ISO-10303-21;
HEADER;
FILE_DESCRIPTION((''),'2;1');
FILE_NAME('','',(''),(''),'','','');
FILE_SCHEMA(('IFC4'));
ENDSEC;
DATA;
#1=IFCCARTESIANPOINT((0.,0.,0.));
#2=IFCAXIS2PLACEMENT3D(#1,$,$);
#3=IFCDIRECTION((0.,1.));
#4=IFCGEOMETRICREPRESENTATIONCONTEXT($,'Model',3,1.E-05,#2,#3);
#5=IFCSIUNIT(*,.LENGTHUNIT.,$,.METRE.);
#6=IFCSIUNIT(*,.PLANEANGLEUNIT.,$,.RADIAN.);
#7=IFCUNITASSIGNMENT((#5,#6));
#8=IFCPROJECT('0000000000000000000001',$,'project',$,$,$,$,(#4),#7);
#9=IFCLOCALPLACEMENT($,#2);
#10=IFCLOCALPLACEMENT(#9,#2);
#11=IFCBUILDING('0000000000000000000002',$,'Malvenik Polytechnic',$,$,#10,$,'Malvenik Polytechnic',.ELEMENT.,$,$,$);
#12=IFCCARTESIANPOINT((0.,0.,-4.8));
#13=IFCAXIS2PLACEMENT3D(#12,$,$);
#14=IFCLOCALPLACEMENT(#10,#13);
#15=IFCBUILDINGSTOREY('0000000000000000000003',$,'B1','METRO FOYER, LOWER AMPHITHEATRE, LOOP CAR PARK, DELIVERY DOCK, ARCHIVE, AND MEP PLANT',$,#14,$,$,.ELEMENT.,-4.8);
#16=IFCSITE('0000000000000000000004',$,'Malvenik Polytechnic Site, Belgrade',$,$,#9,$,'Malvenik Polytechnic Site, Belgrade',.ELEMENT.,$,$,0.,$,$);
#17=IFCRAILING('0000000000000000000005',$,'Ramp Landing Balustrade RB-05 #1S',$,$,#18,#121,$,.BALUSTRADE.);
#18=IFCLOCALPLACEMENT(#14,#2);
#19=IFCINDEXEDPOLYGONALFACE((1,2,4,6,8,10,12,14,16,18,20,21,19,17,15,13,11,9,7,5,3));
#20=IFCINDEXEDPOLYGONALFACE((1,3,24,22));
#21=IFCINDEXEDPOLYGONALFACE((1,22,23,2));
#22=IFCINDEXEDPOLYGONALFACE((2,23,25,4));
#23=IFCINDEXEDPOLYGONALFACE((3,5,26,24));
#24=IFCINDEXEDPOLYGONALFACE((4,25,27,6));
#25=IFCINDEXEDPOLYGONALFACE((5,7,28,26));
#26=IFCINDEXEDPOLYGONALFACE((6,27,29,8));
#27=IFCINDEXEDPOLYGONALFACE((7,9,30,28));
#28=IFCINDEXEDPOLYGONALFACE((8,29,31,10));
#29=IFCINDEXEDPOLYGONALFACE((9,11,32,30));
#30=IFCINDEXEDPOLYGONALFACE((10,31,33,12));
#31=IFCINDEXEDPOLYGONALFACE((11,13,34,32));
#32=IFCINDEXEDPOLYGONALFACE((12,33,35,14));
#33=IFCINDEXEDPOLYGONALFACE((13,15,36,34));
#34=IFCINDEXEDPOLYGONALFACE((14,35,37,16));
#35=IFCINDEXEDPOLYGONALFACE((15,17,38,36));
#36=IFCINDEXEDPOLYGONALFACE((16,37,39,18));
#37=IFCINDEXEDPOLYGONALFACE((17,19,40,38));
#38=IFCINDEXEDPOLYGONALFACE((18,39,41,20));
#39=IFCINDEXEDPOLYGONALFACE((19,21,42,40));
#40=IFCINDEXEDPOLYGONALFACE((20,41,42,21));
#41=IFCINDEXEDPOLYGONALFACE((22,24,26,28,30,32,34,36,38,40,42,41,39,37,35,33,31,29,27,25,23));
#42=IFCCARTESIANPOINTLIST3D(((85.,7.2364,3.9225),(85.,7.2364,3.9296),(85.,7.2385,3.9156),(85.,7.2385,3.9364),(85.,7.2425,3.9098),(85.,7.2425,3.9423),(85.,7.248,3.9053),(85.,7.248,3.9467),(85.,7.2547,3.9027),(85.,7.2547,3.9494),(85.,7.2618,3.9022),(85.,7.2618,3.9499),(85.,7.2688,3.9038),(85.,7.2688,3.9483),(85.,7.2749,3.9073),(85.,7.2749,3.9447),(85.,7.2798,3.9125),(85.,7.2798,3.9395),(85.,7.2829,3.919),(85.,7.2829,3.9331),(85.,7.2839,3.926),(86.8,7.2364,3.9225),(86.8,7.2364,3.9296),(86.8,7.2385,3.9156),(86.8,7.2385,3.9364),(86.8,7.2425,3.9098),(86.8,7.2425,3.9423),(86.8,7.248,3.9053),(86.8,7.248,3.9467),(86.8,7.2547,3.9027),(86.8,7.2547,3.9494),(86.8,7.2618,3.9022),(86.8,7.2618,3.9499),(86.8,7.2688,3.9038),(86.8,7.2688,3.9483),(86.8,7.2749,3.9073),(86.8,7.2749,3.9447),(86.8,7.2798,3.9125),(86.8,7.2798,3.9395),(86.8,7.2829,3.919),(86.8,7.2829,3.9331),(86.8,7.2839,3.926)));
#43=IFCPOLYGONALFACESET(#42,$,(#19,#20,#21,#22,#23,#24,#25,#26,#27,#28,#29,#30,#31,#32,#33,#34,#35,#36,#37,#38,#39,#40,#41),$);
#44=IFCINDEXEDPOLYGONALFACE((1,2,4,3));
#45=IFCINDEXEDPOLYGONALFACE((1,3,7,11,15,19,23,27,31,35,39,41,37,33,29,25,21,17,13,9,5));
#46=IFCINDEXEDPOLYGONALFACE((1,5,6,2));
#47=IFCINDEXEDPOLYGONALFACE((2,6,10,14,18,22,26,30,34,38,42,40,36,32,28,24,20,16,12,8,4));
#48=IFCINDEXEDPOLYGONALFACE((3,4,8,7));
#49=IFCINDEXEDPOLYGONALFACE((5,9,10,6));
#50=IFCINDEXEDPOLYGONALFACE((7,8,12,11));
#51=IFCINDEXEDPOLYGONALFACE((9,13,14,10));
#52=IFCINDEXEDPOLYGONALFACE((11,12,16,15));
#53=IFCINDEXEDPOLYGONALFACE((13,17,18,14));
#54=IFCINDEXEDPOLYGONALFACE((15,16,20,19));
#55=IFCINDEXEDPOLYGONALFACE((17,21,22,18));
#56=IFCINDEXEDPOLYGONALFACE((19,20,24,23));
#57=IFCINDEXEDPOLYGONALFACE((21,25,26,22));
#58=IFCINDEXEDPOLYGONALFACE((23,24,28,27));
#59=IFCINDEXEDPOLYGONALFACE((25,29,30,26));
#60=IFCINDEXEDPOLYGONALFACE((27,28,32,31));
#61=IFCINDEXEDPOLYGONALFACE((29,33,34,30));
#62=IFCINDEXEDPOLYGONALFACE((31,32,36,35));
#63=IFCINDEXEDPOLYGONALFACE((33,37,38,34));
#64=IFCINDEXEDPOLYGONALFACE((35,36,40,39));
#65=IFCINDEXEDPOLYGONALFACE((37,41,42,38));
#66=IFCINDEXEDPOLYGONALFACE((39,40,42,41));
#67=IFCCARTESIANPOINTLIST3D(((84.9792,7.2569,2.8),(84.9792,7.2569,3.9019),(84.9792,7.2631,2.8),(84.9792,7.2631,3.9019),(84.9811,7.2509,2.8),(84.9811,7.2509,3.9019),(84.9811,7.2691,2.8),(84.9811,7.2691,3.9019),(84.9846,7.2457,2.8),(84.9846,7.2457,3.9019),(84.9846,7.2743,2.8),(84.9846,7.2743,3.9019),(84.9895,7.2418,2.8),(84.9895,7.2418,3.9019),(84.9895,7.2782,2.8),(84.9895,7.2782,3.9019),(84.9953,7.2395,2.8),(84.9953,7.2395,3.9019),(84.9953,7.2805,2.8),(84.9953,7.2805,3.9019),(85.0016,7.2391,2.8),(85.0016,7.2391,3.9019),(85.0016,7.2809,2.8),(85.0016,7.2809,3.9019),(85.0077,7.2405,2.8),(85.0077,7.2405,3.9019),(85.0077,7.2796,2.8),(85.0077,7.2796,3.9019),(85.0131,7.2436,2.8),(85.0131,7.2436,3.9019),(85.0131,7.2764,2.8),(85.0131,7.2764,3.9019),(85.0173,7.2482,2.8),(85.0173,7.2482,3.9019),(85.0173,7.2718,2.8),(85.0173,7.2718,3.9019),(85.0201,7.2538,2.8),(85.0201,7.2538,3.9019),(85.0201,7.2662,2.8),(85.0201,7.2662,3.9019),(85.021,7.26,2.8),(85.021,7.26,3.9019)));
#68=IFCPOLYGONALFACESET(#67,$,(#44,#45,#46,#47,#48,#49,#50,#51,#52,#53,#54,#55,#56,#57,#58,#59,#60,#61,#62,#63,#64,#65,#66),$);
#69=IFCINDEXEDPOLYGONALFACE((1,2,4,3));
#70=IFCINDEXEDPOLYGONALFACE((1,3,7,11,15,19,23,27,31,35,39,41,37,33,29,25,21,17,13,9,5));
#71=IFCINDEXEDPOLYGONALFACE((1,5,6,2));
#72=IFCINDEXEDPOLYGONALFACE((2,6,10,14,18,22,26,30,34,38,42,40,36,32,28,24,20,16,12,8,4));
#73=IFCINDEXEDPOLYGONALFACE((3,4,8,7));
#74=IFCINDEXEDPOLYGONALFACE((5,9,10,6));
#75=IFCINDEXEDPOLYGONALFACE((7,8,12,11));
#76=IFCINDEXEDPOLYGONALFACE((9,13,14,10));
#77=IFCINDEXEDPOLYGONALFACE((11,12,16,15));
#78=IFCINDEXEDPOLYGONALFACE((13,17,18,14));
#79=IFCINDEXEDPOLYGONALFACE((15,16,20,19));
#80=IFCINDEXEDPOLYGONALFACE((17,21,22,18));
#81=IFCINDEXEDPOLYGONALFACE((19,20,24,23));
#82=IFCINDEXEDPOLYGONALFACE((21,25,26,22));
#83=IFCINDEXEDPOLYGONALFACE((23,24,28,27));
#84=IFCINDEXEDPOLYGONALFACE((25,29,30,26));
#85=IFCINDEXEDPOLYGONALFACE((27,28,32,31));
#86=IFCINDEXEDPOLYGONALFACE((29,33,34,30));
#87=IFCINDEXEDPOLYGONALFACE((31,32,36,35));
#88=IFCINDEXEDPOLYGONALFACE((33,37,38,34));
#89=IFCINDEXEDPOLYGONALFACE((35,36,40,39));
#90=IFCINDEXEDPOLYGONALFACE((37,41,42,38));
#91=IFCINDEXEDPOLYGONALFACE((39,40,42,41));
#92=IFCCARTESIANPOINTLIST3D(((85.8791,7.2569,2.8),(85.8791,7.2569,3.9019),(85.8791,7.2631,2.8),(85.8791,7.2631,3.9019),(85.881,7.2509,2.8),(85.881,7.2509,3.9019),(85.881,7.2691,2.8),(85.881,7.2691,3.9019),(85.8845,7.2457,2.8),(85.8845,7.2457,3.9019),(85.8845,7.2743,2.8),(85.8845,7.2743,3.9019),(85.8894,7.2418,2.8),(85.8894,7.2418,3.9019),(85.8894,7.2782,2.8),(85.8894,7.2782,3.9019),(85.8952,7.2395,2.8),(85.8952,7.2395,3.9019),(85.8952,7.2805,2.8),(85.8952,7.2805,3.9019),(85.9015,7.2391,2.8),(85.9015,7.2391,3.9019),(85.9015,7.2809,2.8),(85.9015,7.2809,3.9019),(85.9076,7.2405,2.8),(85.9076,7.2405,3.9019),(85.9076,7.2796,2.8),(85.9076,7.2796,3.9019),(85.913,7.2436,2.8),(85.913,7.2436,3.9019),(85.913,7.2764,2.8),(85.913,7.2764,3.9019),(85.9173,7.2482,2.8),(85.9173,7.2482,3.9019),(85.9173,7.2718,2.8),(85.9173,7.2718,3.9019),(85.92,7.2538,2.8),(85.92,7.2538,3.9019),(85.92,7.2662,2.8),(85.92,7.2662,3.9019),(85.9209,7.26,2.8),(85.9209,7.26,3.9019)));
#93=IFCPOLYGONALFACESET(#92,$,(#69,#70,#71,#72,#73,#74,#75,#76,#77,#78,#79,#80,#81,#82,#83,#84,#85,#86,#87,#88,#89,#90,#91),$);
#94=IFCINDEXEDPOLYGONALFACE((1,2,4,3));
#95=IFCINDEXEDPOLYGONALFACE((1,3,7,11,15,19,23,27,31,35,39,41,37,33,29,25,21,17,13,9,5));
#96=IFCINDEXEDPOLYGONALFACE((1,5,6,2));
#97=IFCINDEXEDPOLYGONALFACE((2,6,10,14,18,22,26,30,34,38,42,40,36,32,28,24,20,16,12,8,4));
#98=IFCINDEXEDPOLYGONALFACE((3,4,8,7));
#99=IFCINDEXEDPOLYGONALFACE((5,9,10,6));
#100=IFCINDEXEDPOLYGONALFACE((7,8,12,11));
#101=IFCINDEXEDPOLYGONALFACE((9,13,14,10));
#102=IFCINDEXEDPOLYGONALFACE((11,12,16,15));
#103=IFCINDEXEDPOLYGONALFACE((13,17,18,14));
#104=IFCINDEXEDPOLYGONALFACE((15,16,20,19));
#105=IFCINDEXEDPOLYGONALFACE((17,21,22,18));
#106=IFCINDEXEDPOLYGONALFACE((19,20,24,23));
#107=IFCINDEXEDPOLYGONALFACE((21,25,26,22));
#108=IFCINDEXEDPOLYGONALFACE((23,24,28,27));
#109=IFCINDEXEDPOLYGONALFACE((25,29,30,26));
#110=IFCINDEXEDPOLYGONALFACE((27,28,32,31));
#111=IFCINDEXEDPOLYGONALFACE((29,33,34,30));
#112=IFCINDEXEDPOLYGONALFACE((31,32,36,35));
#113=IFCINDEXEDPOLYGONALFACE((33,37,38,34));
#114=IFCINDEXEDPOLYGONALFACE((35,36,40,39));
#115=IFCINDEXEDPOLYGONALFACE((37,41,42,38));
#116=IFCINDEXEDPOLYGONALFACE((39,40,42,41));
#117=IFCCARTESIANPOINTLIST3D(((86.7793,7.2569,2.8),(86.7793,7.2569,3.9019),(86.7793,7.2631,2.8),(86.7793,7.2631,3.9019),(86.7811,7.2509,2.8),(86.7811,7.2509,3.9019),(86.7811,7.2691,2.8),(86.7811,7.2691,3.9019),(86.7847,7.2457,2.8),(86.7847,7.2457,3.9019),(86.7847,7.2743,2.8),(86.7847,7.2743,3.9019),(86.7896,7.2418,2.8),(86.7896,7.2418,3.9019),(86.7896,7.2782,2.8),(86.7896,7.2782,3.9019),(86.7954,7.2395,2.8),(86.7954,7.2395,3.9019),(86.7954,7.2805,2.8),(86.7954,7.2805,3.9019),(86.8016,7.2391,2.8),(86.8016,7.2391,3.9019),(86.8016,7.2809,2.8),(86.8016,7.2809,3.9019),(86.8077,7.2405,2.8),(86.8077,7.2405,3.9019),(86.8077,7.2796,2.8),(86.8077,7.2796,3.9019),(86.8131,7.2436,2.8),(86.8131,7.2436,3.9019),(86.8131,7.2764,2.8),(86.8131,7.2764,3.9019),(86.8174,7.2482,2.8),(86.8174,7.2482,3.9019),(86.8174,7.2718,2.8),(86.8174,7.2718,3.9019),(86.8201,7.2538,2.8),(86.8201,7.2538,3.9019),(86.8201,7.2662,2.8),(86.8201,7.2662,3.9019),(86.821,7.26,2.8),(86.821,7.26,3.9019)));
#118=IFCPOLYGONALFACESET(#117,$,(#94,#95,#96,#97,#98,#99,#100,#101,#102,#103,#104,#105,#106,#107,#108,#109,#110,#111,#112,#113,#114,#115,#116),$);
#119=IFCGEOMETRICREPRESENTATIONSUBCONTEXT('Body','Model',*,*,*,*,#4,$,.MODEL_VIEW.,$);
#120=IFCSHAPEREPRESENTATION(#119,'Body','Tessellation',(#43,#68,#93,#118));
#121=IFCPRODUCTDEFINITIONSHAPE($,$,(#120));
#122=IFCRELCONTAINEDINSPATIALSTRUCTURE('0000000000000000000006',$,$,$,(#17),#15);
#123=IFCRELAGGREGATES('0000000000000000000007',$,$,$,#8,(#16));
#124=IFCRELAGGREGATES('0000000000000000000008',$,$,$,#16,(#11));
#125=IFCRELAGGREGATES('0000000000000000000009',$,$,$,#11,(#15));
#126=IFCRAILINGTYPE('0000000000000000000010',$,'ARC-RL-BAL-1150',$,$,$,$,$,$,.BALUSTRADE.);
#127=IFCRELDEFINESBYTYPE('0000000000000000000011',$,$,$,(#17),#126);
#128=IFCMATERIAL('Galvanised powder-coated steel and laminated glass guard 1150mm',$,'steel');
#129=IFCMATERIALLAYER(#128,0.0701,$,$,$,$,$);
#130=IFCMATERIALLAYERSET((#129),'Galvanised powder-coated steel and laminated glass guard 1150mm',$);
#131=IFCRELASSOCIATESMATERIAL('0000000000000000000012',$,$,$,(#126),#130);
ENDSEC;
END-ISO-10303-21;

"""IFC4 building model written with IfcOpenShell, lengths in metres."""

from ifc_helpers import new_model, si_unit, direction, frame, origin, origin_2d, place, context, subcontext, project, spatial, circle, extrude, material, layer, layer_set, type_object, element, save


model = new_model("IFC4")

# Units and contexts
model_context = context("Model", 3, precision=1e-05, world=origin(), true_north=direction((0.0, 1.0)))
body_context = subcontext(model_context, "Body", "Model", "MODEL_VIEW")
ifc_project = project(units=[si_unit("LENGTHUNIT", "METRE"), si_unit("PLANEANGLEUNIT", "RADIAN")], contexts=[model_context])

# Site, building, storey
site_placement = place(None, origin())
site = spatial("IfcSite", under=ifc_project, at=site_placement, Name="Malvenik Polytechnic Site, Belgrade", LongName="Malvenik Polytechnic Site, Belgrade", CompositionType="ELEMENT", RefElevation=0.0)
building_placement = place(site_placement, origin())
building = spatial("IfcBuilding", under=site, at=building_placement, Name="Malvenik Polytechnic", LongName="Malvenik Polytechnic", CompositionType="ELEMENT")
storey_placement = place(building_placement, frame((0.0, 0.0, -4.8)))
storey = spatial("IfcBuildingStorey", under=building, at=storey_placement, Name="B1", Description="METRO FOYER, LOWER AMPHITHEATRE, LOOP CAR PARK, DELIVERY DOCK, ARCHIVE, AND MEP PLANT", CompositionType="ELEMENT", Elevation=-4.8)

# Railing
ifc_material_1 = material(Name="Galvanised powder-coated steel and laminated glass guard 1150mm", Category="steel")
ifc_layer_1 = layer(ifc_material_1, 0.0701)
ifc_layer_set_1 = layer_set([ifc_layer_1], Name="Galvanised powder-coated steel and laminated glass guard 1150mm")
railing_type_1 = type_object("IfcRailingType", Name="ARC-RL-BAL-1150", PredefinedType="BALUSTRADE", material=ifc_layer_set_1)
for number, where, name in (
    (1, (85.0, 7.26, 2.8), "Ramp Landing Balustrade RB-05 #1S"),
):
    element("IfcRailing", number, at=place(storey_placement, frame(where)), inside=storey, type_object=railing_type_1, Name=name, PredefinedType="BALUSTRADE", context=body_context, shape_type="SweptSolid", body=[
        extrude(circle(Radius=0.0239, at=origin_2d()), frame((0.0, 0.0, 1.126), z_axis=(1.0, 0.0, 0.0), x_axis=(0.0, 1.0, 0.0)), (0.0, 0.0, 1.0), 1.8),
        extrude(circle(Radius=0.021, at=origin_2d()), origin(), (0.0, 0.0, 1.0), 1.1018),
        extrude(circle(Radius=0.021, at=origin_2d()), frame((0.8999, 0.0, 0.0)), (0.0, 0.0, 1.0), 1.1018),
        extrude(circle(Radius=0.021, at=origin_2d()), frame((1.8, 0.0, 0.0)), (0.0, 0.0, 1.0), 1.1018),
    ])

save(model, "model.ifc")
